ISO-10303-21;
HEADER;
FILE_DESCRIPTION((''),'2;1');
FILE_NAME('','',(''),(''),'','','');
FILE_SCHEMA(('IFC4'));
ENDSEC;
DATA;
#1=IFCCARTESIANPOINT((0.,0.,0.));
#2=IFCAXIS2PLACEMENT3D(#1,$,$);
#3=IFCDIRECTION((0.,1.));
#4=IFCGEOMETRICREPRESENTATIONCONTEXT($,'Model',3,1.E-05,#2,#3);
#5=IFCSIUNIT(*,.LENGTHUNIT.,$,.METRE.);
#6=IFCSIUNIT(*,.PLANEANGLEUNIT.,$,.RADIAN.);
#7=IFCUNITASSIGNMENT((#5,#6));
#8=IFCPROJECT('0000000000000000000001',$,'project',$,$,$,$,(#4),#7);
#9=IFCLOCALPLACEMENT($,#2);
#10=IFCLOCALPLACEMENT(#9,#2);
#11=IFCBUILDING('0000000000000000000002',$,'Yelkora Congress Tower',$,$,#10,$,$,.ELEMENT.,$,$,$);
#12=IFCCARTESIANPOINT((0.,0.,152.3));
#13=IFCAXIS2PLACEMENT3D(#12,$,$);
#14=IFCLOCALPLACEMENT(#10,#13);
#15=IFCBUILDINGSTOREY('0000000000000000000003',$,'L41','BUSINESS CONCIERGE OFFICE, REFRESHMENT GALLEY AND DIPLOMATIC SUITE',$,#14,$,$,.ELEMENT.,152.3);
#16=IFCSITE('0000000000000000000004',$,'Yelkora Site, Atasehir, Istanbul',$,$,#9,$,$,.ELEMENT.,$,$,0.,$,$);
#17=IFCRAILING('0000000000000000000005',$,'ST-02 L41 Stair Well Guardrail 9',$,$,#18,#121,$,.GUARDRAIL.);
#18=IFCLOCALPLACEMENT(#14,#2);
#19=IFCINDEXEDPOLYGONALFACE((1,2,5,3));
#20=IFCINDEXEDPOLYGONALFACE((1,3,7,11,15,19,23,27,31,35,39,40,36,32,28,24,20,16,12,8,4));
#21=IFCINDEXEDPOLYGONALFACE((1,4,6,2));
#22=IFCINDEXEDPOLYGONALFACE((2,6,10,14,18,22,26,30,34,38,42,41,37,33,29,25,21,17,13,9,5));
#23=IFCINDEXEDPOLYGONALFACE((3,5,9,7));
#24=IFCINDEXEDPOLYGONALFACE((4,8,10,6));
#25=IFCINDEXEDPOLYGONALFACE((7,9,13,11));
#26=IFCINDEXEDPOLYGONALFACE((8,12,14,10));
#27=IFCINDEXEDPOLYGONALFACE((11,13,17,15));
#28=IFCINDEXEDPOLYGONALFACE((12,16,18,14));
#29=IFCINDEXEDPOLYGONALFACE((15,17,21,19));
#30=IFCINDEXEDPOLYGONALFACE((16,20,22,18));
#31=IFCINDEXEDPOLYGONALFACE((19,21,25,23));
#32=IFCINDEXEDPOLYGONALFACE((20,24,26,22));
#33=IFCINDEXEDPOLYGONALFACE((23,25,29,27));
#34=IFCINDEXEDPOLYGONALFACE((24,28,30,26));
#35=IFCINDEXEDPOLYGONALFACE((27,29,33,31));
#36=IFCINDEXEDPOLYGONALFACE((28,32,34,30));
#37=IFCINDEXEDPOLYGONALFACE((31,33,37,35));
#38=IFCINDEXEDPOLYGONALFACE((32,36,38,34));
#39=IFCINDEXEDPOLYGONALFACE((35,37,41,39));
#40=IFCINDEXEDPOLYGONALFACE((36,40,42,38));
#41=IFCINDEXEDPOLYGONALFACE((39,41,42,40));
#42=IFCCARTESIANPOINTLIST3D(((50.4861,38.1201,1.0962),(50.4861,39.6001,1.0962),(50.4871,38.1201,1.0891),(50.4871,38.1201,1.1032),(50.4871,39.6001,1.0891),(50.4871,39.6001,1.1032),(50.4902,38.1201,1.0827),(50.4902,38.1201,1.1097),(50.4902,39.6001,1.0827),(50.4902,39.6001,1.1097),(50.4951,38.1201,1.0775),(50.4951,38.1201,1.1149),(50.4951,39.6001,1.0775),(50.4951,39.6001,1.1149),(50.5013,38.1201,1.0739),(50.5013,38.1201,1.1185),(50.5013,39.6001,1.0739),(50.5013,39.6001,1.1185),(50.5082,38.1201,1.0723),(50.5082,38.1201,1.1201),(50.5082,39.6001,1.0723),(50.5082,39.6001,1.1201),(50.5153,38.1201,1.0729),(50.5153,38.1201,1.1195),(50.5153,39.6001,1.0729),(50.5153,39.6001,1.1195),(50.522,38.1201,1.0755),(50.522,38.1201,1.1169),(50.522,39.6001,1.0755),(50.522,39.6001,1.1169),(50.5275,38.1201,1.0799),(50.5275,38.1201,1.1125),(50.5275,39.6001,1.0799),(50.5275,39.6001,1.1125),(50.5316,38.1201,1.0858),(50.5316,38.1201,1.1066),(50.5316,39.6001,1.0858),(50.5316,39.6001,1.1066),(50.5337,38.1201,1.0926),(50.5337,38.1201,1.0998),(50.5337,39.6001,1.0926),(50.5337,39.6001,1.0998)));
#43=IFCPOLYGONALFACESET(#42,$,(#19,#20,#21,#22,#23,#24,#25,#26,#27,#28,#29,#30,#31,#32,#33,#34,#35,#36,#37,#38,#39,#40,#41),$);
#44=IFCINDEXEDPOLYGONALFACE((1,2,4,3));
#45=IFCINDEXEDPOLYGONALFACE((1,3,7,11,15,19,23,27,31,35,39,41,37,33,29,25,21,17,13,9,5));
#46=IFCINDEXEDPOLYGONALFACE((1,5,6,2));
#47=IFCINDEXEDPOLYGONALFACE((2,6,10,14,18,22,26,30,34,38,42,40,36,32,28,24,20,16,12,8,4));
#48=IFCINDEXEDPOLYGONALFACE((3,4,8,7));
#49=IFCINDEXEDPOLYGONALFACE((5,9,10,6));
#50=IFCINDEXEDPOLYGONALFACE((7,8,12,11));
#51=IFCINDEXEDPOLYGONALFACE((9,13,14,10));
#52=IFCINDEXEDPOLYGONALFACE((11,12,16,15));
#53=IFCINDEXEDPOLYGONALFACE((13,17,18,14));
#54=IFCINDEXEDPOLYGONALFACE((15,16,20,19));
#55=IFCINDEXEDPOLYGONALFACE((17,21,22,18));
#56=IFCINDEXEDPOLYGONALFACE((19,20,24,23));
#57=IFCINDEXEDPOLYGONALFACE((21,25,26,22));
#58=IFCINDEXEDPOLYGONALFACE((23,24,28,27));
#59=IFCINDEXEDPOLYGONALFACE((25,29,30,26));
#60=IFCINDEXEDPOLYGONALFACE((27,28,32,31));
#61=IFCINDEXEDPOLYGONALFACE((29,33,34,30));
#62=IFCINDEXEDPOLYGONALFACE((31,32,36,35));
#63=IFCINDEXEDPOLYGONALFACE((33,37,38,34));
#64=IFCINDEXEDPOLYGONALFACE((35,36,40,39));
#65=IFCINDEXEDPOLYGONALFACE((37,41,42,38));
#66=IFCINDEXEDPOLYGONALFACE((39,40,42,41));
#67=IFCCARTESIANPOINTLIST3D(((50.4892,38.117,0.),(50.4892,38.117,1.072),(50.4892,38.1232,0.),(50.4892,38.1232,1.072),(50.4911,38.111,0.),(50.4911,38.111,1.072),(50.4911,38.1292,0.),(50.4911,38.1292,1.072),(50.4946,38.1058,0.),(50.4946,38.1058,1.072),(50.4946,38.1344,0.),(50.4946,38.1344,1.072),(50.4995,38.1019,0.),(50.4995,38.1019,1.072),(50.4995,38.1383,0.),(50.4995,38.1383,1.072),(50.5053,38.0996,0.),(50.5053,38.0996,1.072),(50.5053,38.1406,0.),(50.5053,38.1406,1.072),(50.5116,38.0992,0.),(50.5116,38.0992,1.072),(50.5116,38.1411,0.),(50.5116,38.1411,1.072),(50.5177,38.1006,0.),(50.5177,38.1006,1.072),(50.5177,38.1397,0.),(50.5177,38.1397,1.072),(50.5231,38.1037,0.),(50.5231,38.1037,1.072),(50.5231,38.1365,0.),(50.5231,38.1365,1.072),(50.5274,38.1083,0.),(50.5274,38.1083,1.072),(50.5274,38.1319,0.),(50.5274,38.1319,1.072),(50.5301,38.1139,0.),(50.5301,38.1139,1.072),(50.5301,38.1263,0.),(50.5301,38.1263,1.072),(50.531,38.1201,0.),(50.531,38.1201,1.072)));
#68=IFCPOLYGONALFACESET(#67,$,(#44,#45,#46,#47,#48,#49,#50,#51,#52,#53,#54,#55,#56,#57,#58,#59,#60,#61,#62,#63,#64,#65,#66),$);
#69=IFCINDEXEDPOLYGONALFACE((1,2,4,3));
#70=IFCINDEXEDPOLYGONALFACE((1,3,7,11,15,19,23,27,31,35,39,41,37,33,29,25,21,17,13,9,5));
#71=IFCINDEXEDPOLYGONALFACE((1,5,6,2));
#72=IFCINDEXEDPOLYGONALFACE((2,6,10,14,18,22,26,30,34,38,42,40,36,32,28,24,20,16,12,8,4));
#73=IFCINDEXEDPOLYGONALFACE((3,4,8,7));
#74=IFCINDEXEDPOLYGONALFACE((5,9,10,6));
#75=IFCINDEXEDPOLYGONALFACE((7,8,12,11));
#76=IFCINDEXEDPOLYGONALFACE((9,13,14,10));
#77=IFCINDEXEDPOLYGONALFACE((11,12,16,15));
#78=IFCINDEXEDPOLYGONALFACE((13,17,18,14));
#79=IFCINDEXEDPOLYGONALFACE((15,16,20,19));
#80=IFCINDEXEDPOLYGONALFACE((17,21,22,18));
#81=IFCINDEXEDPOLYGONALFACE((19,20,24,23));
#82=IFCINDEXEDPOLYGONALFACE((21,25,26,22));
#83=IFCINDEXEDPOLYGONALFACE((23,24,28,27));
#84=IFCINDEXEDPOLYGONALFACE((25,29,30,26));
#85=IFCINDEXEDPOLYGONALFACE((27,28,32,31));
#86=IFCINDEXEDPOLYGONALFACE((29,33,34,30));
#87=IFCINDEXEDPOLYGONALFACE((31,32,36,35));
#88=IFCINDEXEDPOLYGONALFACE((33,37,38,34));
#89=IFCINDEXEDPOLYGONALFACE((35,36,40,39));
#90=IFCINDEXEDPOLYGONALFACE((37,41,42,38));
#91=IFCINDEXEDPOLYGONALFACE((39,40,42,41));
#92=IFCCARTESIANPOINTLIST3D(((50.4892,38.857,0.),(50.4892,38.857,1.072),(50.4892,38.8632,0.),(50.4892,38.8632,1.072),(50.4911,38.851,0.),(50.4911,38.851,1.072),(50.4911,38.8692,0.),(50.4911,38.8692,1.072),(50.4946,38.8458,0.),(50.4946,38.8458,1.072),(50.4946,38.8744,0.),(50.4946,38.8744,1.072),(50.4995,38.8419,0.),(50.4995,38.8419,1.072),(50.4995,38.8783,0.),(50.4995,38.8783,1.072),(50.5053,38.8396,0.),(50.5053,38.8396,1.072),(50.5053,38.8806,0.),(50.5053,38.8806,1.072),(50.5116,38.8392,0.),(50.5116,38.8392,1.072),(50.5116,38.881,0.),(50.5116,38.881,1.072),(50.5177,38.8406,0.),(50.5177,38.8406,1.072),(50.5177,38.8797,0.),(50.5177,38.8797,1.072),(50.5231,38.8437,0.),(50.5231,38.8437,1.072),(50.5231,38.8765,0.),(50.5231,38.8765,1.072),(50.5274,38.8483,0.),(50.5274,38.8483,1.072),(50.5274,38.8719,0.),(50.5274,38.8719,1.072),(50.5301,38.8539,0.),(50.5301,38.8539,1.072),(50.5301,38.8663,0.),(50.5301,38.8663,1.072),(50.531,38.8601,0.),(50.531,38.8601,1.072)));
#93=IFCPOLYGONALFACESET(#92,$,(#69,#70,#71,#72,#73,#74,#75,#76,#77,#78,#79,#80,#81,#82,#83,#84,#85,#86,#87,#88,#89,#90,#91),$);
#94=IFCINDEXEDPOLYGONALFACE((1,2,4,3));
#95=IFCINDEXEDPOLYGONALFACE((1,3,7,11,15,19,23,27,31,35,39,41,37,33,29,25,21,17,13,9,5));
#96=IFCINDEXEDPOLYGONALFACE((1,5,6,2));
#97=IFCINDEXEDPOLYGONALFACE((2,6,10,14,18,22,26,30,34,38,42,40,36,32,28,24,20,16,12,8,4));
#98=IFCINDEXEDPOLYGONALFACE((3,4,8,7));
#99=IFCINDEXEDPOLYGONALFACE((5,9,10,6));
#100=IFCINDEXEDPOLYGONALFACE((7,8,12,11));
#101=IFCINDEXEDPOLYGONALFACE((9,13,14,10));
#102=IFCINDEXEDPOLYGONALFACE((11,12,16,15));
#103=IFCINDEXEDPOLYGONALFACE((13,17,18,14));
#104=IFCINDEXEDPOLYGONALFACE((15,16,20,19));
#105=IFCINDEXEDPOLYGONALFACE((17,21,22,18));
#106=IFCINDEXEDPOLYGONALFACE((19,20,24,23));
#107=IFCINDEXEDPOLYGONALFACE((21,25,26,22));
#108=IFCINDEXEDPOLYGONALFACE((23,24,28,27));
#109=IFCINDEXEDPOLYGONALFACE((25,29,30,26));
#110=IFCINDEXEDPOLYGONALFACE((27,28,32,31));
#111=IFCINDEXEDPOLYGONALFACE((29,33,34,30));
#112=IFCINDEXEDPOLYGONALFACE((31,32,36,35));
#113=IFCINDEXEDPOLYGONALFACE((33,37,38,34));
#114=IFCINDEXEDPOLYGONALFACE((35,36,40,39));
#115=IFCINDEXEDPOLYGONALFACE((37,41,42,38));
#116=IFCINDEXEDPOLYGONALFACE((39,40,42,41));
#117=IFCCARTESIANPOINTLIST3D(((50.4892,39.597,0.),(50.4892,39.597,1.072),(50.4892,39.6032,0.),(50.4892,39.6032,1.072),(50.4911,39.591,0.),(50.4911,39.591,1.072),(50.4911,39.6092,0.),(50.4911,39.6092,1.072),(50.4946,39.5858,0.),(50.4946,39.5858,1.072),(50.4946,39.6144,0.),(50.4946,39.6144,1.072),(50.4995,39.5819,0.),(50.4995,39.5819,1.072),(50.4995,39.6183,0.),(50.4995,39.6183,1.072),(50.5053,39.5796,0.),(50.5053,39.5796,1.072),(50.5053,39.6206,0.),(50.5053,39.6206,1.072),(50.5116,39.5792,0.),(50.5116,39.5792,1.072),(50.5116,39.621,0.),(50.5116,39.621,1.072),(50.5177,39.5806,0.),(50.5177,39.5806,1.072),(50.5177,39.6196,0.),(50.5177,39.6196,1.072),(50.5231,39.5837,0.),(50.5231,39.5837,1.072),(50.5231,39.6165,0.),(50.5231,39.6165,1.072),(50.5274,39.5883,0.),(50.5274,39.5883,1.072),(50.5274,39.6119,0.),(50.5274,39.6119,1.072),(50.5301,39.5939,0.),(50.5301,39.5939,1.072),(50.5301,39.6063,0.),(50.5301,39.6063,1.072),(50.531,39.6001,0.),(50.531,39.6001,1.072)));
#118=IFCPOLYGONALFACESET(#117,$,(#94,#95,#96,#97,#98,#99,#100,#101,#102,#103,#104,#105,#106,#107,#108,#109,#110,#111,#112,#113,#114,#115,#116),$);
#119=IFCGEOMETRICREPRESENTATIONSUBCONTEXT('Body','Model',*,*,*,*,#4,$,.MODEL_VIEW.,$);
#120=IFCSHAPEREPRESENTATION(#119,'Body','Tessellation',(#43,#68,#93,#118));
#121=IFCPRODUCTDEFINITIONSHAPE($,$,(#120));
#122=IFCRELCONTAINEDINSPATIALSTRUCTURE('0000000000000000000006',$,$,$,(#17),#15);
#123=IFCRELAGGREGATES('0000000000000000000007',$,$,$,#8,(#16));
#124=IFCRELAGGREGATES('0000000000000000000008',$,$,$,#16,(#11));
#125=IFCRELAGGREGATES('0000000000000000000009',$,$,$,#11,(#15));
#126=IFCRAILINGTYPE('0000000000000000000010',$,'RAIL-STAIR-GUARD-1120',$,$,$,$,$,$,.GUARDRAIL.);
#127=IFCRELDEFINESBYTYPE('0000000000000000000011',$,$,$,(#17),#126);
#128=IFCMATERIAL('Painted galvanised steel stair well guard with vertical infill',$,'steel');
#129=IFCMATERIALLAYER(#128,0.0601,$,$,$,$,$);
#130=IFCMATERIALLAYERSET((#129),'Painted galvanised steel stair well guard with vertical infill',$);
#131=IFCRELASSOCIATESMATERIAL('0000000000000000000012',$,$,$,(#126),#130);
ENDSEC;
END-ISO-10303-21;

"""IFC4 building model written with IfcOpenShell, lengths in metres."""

from ifc_helpers import new_model, si_unit, direction, frame, origin, origin_2d, place, context, subcontext, project, spatial, circle, extrude, material, layer, layer_set, type_object, element, save


model = new_model("IFC4")

# Units and contexts
model_context = context("Model", 3, precision=1e-05, world=origin(), true_north=direction((0.0, 1.0)))
body_context = subcontext(model_context, "Body", "Model", "MODEL_VIEW")
ifc_project = project(units=[si_unit("LENGTHUNIT", "METRE"), si_unit("PLANEANGLEUNIT", "RADIAN")], contexts=[model_context])

# Site, building, storey
site_placement = place(None, origin())
site = spatial("IfcSite", under=ifc_project, at=site_placement, Name="Yelkora Site, Atasehir, Istanbul", CompositionType="ELEMENT", RefElevation=0.0)
building_placement = place(site_placement, origin())
building = spatial("IfcBuilding", under=site, at=building_placement, Name="Yelkora Congress Tower", CompositionType="ELEMENT")
storey_placement = place(building_placement, frame((0.0, 0.0, 152.3)))
storey = spatial("IfcBuildingStorey", under=building, at=storey_placement, Name="L41", Description="BUSINESS CONCIERGE OFFICE, REFRESHMENT GALLEY AND DIPLOMATIC SUITE", CompositionType="ELEMENT", Elevation=152.3)

# Railing
ifc_material_1 = material(Name="Painted galvanised steel stair well guard with vertical infill", Category="steel")
ifc_layer_1 = layer(ifc_material_1, 0.0601)
ifc_layer_set_1 = layer_set([ifc_layer_1], Name="Painted galvanised steel stair well guard with vertical infill")
railing_type_1 = type_object("IfcRailingType", Name="RAIL-STAIR-GUARD-1120", PredefinedType="GUARDRAIL", material=ifc_layer_set_1)
railing_1_placement = place(storey_placement, frame((50.51, 38.1201, 0.0)))
element("IfcRailing", 1, at=railing_1_placement, inside=storey, type_object=railing_type_1, Name="ST-02 L41 Stair Well Guardrail 9", PredefinedType="GUARDRAIL", context=body_context, shape_type="SweptSolid", body=[
    extrude(circle(Radius=0.0239, at=origin_2d()), frame((0.0, 0.0, 1.0962), z_axis=(0.0, 1.0, 0.0), x_axis=(-1.0, 0.0, 0.0)), (0.0, 0.0, 1.0), 1.48),
    extrude(circle(Radius=0.021, at=origin_2d()), origin(), (0.0, 0.0, 1.0), 1.072),
    extrude(circle(Radius=0.021, at=origin_2d()), frame((0.0, 0.74, 0.0)), (0.0, 0.0, 1.0), 1.072),
    extrude(circle(Radius=0.021, at=origin_2d()), frame((0.0, 1.48, 0.0)), (0.0, 0.0, 1.0), 1.072),
])

save(model, "model.ifc")
